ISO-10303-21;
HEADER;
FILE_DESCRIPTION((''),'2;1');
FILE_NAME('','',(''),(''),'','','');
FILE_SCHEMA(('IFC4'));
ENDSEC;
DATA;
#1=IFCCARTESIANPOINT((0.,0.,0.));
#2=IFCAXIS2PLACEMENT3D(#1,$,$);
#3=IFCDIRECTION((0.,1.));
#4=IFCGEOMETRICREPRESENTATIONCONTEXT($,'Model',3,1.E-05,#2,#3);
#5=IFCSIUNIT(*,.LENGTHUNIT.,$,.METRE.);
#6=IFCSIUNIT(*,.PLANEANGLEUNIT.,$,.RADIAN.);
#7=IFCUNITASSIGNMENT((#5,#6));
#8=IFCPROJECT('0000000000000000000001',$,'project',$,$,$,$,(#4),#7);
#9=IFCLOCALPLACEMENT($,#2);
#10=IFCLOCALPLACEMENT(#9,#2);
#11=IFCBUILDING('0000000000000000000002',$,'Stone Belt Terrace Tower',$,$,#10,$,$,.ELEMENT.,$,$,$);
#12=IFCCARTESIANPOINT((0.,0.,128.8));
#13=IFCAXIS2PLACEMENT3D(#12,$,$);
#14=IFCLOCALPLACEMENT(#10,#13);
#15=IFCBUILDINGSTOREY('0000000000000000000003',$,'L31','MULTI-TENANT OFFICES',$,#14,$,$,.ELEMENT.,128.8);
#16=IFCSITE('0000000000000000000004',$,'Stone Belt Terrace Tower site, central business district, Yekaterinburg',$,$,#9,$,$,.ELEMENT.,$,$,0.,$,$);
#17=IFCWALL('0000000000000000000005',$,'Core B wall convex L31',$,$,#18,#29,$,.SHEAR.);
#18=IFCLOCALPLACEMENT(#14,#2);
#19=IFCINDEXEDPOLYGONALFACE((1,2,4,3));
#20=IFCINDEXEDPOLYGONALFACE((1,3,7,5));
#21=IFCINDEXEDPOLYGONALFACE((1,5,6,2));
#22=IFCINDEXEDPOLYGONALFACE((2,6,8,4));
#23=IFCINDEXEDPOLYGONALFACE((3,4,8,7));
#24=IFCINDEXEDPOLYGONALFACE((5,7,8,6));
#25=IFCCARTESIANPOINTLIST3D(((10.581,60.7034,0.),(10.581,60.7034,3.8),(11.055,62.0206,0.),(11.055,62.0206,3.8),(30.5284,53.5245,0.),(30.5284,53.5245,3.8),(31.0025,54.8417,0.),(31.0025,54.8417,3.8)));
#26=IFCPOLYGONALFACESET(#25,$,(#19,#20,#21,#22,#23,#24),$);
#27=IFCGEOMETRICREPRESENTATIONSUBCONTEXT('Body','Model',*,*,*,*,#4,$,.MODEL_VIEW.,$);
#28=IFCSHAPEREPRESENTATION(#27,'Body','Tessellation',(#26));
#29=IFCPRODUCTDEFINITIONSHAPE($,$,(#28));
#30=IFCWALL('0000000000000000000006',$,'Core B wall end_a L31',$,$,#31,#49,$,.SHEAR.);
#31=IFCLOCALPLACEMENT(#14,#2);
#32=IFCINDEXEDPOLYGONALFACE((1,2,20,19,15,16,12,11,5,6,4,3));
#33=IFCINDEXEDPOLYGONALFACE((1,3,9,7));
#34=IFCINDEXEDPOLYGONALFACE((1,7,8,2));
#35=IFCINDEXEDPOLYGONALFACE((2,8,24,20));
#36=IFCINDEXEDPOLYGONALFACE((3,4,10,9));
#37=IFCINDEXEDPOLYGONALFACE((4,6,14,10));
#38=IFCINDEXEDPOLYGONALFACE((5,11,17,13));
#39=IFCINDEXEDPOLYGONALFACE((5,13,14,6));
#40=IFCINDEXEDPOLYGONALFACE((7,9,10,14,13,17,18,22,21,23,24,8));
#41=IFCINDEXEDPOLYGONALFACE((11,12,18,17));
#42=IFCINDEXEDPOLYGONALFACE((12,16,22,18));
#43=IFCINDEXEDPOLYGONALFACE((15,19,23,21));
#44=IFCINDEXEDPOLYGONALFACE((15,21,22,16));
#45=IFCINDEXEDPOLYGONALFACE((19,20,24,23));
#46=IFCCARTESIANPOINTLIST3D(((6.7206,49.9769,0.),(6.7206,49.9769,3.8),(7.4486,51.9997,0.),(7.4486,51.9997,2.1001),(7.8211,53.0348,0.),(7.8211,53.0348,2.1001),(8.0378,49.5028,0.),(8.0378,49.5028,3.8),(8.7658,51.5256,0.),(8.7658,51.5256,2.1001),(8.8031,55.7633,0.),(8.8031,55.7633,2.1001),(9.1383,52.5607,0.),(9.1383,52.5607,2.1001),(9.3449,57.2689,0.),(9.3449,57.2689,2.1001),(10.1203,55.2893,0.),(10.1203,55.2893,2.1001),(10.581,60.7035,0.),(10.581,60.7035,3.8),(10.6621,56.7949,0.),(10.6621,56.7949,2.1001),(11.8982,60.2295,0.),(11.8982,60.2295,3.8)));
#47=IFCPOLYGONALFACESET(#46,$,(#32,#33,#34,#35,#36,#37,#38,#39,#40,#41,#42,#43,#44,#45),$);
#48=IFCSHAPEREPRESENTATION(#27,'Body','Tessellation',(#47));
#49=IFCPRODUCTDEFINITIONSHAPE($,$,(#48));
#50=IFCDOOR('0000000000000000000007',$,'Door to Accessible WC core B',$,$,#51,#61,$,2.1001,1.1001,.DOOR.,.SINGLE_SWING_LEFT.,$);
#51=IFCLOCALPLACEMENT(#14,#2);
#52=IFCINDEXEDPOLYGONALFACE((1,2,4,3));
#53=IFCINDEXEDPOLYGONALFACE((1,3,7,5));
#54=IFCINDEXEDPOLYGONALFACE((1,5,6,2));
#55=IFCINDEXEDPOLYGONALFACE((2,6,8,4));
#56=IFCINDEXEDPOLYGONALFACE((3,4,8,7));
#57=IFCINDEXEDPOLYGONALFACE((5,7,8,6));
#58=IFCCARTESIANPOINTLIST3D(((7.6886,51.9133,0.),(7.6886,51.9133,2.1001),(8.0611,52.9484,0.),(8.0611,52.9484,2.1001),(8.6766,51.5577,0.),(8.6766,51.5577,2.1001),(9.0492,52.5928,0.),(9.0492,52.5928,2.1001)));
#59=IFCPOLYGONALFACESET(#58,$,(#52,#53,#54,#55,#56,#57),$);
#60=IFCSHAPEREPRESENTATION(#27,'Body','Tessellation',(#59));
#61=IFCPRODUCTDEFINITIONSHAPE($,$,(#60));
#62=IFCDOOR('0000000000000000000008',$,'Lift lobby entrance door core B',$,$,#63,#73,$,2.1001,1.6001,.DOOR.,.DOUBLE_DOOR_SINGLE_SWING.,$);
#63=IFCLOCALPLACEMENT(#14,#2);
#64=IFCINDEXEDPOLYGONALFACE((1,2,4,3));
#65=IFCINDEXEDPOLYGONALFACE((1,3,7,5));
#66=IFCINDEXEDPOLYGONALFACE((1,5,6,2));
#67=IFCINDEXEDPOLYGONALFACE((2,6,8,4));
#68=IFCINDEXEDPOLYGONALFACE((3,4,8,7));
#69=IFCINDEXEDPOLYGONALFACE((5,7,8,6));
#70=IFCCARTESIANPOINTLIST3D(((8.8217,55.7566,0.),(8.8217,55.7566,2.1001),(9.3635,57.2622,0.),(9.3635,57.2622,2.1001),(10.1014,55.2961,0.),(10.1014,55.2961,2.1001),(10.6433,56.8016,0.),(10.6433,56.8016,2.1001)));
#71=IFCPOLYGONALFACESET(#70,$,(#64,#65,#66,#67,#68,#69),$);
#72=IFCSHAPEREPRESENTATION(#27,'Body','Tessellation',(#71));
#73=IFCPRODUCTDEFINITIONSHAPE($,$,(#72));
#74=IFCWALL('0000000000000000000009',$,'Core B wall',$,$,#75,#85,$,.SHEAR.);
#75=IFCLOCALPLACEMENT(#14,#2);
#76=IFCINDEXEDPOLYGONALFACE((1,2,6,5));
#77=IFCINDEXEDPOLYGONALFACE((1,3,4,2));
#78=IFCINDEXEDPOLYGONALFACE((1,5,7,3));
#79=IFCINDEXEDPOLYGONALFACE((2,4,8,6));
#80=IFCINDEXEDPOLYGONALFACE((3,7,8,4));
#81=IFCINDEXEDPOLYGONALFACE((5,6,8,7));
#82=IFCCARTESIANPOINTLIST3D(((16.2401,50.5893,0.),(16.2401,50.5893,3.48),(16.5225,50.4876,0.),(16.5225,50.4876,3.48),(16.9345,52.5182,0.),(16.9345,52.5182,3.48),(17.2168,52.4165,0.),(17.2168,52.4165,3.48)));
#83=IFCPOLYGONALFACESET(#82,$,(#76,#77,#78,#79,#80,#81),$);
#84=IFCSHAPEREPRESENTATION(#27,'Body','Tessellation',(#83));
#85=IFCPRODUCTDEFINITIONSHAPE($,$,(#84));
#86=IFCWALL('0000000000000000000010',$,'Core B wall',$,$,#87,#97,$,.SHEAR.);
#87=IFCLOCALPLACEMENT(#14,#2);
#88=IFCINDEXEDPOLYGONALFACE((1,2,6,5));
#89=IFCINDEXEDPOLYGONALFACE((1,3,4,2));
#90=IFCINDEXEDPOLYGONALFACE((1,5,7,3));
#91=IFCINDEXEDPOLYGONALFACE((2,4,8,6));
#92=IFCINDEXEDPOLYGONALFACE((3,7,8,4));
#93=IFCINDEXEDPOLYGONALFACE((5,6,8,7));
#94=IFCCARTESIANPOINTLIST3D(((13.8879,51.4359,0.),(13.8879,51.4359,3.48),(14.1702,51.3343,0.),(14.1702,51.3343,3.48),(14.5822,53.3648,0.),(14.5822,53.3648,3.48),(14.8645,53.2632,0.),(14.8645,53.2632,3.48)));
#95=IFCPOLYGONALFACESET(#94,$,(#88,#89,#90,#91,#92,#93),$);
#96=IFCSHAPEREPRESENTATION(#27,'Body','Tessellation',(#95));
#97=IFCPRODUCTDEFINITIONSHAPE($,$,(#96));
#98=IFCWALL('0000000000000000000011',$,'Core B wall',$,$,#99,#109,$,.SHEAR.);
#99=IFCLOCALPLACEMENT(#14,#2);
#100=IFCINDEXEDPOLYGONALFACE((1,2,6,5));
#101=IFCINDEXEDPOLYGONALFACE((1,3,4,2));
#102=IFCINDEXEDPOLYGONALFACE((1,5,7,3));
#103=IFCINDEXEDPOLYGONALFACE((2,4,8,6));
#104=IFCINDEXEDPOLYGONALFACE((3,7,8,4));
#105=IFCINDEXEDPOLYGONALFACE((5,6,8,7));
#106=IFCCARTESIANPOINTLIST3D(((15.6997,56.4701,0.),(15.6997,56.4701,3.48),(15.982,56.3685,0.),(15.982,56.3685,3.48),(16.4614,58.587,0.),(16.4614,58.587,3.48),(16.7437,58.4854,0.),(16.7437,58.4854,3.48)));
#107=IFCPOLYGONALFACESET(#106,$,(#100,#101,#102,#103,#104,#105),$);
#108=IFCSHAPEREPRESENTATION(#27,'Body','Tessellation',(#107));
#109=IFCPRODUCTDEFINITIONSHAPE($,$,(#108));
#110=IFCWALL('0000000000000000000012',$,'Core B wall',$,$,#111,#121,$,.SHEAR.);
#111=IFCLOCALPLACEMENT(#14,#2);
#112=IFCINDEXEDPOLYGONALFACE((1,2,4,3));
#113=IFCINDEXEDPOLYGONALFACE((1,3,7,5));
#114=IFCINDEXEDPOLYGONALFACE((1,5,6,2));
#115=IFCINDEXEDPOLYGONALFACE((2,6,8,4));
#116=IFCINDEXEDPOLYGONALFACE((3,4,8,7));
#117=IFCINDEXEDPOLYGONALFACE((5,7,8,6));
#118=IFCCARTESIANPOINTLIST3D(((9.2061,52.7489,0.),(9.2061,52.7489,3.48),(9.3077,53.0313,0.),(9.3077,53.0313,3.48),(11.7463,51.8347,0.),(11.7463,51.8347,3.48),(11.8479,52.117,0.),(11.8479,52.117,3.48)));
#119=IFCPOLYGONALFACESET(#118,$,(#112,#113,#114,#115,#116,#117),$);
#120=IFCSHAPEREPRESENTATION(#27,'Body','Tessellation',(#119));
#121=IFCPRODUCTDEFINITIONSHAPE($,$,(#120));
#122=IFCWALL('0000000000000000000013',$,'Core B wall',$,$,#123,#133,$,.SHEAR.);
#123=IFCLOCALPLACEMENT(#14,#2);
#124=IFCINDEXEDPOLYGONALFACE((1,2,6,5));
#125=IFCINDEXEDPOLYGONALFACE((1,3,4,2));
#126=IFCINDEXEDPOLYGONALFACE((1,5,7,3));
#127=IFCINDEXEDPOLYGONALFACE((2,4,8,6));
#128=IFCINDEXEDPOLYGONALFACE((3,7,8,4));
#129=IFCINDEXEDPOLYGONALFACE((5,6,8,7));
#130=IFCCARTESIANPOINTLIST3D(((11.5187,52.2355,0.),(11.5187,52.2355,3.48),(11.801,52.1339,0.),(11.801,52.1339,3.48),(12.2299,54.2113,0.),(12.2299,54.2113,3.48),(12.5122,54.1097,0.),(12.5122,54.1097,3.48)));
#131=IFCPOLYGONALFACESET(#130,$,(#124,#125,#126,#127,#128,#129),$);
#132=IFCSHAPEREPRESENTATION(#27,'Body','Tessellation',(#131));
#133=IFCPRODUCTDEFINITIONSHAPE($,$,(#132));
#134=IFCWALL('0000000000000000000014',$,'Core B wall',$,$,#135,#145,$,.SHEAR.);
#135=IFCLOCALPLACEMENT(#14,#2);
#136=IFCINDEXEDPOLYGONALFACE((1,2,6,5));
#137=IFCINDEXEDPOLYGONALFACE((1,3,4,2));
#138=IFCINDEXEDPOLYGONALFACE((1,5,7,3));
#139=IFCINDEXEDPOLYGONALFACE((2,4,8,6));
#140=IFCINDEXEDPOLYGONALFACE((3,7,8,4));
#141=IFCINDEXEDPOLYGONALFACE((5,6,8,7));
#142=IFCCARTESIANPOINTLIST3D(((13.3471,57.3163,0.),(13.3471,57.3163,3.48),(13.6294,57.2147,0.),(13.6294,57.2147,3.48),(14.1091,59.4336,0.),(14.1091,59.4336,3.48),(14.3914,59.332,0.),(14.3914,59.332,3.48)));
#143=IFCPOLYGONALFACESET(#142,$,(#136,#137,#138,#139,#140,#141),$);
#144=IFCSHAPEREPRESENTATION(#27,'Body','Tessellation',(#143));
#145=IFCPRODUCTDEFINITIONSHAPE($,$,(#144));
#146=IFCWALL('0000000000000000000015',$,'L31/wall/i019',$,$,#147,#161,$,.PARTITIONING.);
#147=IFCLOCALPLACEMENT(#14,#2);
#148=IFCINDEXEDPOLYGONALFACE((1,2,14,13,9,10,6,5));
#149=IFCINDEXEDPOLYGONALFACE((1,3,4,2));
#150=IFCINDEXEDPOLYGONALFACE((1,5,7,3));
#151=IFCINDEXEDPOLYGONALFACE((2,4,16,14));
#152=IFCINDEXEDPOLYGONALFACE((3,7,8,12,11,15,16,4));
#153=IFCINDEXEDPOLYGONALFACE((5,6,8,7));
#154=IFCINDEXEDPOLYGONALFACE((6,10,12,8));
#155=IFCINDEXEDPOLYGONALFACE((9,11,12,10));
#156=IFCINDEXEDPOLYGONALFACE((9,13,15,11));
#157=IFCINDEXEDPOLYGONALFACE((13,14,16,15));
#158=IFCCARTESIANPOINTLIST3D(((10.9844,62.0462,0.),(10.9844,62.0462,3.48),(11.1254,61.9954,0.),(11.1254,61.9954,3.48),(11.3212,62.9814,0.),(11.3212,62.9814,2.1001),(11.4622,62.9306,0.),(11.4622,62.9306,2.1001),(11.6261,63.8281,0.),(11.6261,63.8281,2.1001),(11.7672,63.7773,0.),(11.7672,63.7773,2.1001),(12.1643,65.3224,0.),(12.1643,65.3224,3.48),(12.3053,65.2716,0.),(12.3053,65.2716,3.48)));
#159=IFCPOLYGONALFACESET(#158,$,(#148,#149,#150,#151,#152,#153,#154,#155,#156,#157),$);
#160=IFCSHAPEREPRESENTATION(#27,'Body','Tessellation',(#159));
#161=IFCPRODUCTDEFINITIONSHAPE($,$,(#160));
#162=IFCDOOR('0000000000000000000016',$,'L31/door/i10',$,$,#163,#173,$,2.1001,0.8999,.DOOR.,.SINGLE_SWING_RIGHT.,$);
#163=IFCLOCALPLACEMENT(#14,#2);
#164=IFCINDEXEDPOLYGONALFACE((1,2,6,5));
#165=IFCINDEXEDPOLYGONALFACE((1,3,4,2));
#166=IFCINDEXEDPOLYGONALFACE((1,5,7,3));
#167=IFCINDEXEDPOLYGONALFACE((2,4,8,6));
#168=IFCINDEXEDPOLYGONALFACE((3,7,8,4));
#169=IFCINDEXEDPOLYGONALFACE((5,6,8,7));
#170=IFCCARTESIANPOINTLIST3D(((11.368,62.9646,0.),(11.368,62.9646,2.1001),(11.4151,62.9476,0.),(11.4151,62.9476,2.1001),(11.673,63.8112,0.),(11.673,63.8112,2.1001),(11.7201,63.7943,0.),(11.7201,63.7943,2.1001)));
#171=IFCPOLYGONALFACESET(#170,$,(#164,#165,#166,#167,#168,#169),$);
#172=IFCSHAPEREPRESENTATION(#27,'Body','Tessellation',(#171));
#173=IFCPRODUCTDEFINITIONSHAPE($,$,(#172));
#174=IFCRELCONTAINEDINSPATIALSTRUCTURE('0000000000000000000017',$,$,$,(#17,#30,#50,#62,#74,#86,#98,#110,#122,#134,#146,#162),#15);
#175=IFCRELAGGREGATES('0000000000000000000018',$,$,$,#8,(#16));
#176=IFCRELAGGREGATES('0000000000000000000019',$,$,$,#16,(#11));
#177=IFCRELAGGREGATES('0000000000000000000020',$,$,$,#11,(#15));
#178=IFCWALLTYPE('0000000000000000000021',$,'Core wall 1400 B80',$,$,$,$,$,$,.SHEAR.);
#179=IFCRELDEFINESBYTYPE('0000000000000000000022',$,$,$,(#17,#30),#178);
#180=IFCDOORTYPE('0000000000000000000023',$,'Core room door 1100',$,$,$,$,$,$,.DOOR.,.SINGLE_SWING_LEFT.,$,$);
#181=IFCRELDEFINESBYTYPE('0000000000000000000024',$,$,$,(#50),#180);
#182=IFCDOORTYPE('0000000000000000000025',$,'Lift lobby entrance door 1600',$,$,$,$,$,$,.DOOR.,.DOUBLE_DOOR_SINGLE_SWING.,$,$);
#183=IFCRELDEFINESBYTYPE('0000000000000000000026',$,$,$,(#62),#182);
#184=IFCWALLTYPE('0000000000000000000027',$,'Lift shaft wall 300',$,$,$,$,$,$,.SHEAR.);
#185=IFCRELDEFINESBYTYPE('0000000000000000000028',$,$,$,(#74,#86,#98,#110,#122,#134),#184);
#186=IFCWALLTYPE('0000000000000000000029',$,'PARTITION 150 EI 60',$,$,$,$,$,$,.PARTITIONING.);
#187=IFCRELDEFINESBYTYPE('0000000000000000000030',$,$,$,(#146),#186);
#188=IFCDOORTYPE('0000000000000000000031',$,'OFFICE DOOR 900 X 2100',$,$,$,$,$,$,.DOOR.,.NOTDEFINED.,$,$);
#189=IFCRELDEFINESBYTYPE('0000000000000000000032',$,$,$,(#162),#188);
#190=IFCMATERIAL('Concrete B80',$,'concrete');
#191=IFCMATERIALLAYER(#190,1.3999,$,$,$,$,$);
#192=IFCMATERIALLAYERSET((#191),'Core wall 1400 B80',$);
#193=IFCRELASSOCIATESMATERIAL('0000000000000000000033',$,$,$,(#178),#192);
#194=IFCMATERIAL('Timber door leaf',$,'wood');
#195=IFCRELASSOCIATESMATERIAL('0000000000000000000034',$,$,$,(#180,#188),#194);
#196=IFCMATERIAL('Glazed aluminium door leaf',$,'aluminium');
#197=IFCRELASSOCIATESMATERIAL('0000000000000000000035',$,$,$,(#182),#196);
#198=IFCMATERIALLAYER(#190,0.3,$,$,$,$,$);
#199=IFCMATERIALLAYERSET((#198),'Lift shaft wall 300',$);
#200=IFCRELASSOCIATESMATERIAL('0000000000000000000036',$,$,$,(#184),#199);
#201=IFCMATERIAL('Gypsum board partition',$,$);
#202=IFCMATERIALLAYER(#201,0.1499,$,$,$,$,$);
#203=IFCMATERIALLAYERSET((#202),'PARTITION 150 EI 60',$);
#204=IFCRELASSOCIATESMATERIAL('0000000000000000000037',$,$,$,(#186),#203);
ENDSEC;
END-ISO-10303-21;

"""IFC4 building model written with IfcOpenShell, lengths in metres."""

from ifc_helpers import new_model, si_unit, direction, frame, frame_2d, origin, place, context, subcontext, project, spatial, rectangle, extrude, material, layer, layer_set, type_object, element, fill, save


model = new_model("IFC4")

# Units and contexts
model_context = context("Model", 3, precision=1e-05, world=origin(), true_north=direction((0.0, 1.0)))
body_context = subcontext(model_context, "Body", "Model", "MODEL_VIEW")
ifc_project = project(units=[si_unit("LENGTHUNIT", "METRE"), si_unit("PLANEANGLEUNIT", "RADIAN")], contexts=[model_context])

# Site, building, storey
site_placement = place(None, origin())
site = spatial("IfcSite", under=ifc_project, at=site_placement, Name="Stone Belt Terrace Tower site, central business district, Yekaterinburg", CompositionType="ELEMENT", RefElevation=0.0)
building_placement = place(site_placement, origin())
building = spatial("IfcBuilding", under=site, at=building_placement, Name="Stone Belt Terrace Tower", CompositionType="ELEMENT")
storey_placement = place(building_placement, frame((0.0, 0.0, 128.8)))
storey = spatial("IfcBuildingStorey", under=building, at=storey_placement, Name="L31", Description="MULTI-TENANT OFFICES", CompositionType="ELEMENT", Elevation=128.8)

# Shared definitions
ifc_material_1 = material(Name="Concrete B80", Category="concrete")

# Shared definitions
ifc_layer_1 = layer(ifc_material_1, 1.3999)
ifc_layer_set_1 = layer_set([ifc_layer_1], Name="Core wall 1400 B80")
wall_type_1 = type_object("IfcWallType", Name="Core wall 1400 B80", PredefinedType="SHEAR", material=ifc_layer_set_1)
ifc_material_2 = material(Name="Timber door leaf", Category="wood")
door_type_1 = type_object("IfcDoorType", Name="Core room door 1100", OperationType="SINGLE_SWING_LEFT", PredefinedType="DOOR", material=ifc_material_2)

# Wall
wall_1_placement = place(storey_placement, frame((10.8179, 61.3621, 0.0), z_axis=(0.0, 0.0, 1.0), x_axis=(0.94092, -0.33863, 0.0)))
element("IfcWall", 1, at=wall_1_placement, inside=storey, type_object=wall_type_1, Name="Core B wall convex L31", PredefinedType="SHEAR", context=body_context, shape_type="SweptSolid", body=[
    extrude(rectangle(XDim=21.2, YDim=1.3999, at=frame_2d((10.6001, 0.0))), origin(), (0.0, 0.0, 1.0), 3.8),
])

# Wall, openings, doors
wall_2_placement = place(storey_placement, frame((7.3792, 49.7397, 0.0), z_axis=(0.0, 0.0, 1.0), x_axis=(0.338625, 0.940921, 0.0)))
wall_2 = element("IfcWall", 2, at=wall_2_placement, inside=storey, type_object=wall_type_1, Name="Core B wall end_a L31", PredefinedType="SHEAR", context=body_context, shape_type="SweptSolid", body=[
    extrude(rectangle(XDim=11.4001, YDim=1.3999, at=frame_2d((5.7002, 0.0))), origin(), (0.0, 0.0, 1.0), 3.8),
])
opening_1_placement = place(wall_2_placement, frame((6.1499, 0.0, 0.0)))
opening_1 = element("IfcOpeningElement", 3, at=opening_1_placement, cuts=wall_2, PredefinedType="OPENING", context=body_context, shape_type="SweptSolid", body=[
    extrude(rectangle(XDim=1.6001, YDim=2.1001, at=frame_2d((0.8, 1.05))), frame((0.0, 0.71, 0.0), z_axis=(0.0, -1.0, 0.0), x_axis=(1.0, 0.0, 0.0)), (0.0, 0.0, 1.0), 1.4199),
])
opening_2_placement = place(wall_2_placement, frame((2.1499, 0.0, 0.0)))
opening_2 = element("IfcOpeningElement", 4, at=opening_2_placement, cuts=wall_2, PredefinedType="OPENING", context=body_context, shape_type="SweptSolid", body=[
    extrude(rectangle(XDim=1.1001, YDim=2.1001, at=frame_2d((0.55, 1.05))), frame((0.0, 0.71, 0.0), z_axis=(0.0, -1.0, 0.0), x_axis=(1.0, 0.0, 0.0)), (0.0, 0.0, 1.0), 1.4199),
])
door_1_placement = place(opening_2_placement, origin())
door_1 = element("IfcDoor", 5, at=door_1_placement, inside=storey, type_object=door_type_1, Name="Door to Accessible WC core B", OperationType="SINGLE_SWING_LEFT", OverallHeight=2.1001, OverallWidth=1.1001, PredefinedType="DOOR", context=body_context, shape_type="SweptSolid", body=[
    extrude(rectangle(XDim=1.1001, YDim=2.1001, at=frame_2d((0.55, 1.05))), frame((0.0, 0.4448, 0.0), z_axis=(0.0, -1.0, 0.0), x_axis=(1.0, 0.0, 0.0)), (0.0, 0.0, 1.0), 1.05),
])
fill(opening_2, door_1)
ifc_material_3 = material(Name="Glazed aluminium door leaf", Category="aluminium")
door_type_2 = type_object("IfcDoorType", Name="Lift lobby entrance door 1600", OperationType="DOUBLE_DOOR_SINGLE_SWING", PredefinedType="DOOR", material=ifc_material_3)
door_2_placement = place(opening_1_placement, origin())
door_2 = element("IfcDoor", 6, at=door_2_placement, inside=storey, type_object=door_type_2, Name="Lift lobby entrance door core B", OperationType="DOUBLE_DOOR_SINGLE_SWING", OverallHeight=2.1001, OverallWidth=1.6001, PredefinedType="DOOR", context=body_context, shape_type="SweptSolid", body=[
    extrude(rectangle(XDim=1.6001, YDim=2.1001, at=frame_2d((0.8, 1.05))), frame((0.0, 0.6802, 0.0), z_axis=(0.0, -1.0, 0.0), x_axis=(1.0, 0.0, 0.0)), (0.0, 0.0, 1.0), 1.3601),
])
fill(opening_1, door_2)

# Walls
ifc_layer_2 = layer(ifc_material_1, 0.3)
ifc_layer_set_2 = layer_set([ifc_layer_2], Name="Lift shaft wall 300")
wall_type_2 = type_object("IfcWallType", Name="Lift shaft wall 300", PredefinedType="SHEAR", material=ifc_layer_set_2)
for number, where, z_axis, x_axis, name in (
    (7, (16.3813, 50.5386, 0.0), (0.0, 0.0, 1.0), (0.338682, 0.940901, 0.0), "Core B wall"),
    (8, (14.0291, 51.3853, 0.0), (0.0, 0.0, 1.0), (0.338682, 0.940901, 0.0), "Core B wall"),
):
    element("IfcWall", number, at=place(storey_placement, frame(where, z_axis=z_axis, x_axis=x_axis)), inside=storey, type_object=wall_type_2, Name=name, PredefinedType="SHEAR", context=body_context, shape_type="SweptSolid", body=[
        extrude(rectangle(XDim=2.05, YDim=0.3, at=frame_2d((1.0249, 0.0))), origin(), (0.0, 0.0, 1.0), 3.48),
    ])
wall_3_placement = place(storey_placement, frame((15.8408, 56.4192, 0.0), z_axis=(0.0, 0.0, 1.0), x_axis=(0.33857, 0.940941, 0.0)))
element("IfcWall", 9, at=wall_3_placement, inside=storey, type_object=wall_type_2, Name="Core B wall", PredefinedType="SHEAR", context=body_context, shape_type="SweptSolid", body=[
    extrude(rectangle(XDim=2.2498, YDim=0.3, at=frame_2d((1.125, 0.0))), origin(), (0.0, 0.0, 1.0), 3.48),
])
wall_4_placement = place(storey_placement, frame((11.7971, 51.9758, 0.0), z_axis=(0.0, 0.0, 1.0), x_axis=(-0.94091, 0.338655, 0.0)))
element("IfcWall", 10, at=wall_4_placement, inside=storey, type_object=wall_type_2, Name="Core B wall", PredefinedType="SHEAR", context=body_context, shape_type="SweptSolid", body=[
    extrude(rectangle(XDim=2.6997, YDim=0.3, at=frame_2d((1.3499, 0.0))), origin(), (0.0, 0.0, 1.0), 3.48),
])
wall_5_placement = place(storey_placement, frame((11.6599, 52.1848, 0.0), z_axis=(0.0, 0.0, 1.0), x_axis=(0.33867, 0.940905, 0.0)))
element("IfcWall", 11, at=wall_5_placement, inside=storey, type_object=wall_type_2, Name="Core B wall", PredefinedType="SHEAR", context=body_context, shape_type="SweptSolid", body=[
    extrude(rectangle(XDim=2.0999, YDim=0.3, at=frame_2d((1.0498, 0.0))), origin(), (0.0, 0.0, 1.0), 3.48),
])
wall_6_placement = place(storey_placement, frame((13.4883, 57.2656, 0.0), z_axis=(0.0, 0.0, 1.0), x_axis=(0.338631, 0.940919, 0.0)))
element("IfcWall", 12, at=wall_6_placement, inside=storey, type_object=wall_type_2, Name="Core B wall", PredefinedType="SHEAR", context=body_context, shape_type="SweptSolid", body=[
    extrude(rectangle(XDim=2.2502, YDim=0.3, at=frame_2d((1.125, 0.0))), origin(), (0.0, 0.0, 1.0), 3.48),
])

# Wall, opening, door
ifc_material_4 = material(Name="Gypsum board partition")
ifc_layer_3 = layer(ifc_material_4, 0.1499)
ifc_layer_set_3 = layer_set([ifc_layer_3], Name="PARTITION 150 EI 60")
wall_type_3 = type_object("IfcWallType", Name="PARTITION 150 EI 60", PredefinedType="PARTITIONING", material=ifc_layer_set_3)
wall_7_placement = place(storey_placement, frame((12.2349, 65.2971, 0.0), z_axis=(0.0, 0.0, 1.0), x_axis=(-0.338854, -0.940839, 0.0)))
wall_7 = element("IfcWall", 13, at=wall_7_placement, inside=storey, type_object=wall_type_3, Name="L31/wall/i019", PredefinedType="PARTITIONING", context=body_context, shape_type="SweptSolid", body=[
    extrude(rectangle(XDim=3.4822, YDim=0.1499, at=frame_2d((1.7412, 0.0))), origin(), (0.0, 0.0, 1.0), 3.48),
])
opening_3_placement = place(wall_7_placement, frame((1.5884, 0.0, 0.0)))
opening_3 = element("IfcOpeningElement", 14, at=opening_3_placement, cuts=wall_7, PredefinedType="OPENING", context=body_context, shape_type="SweptSolid", body=[
    extrude(rectangle(XDim=0.8999, YDim=2.1001, at=frame_2d((0.45, 1.05))), frame((0.0, 0.085, 0.0), z_axis=(0.0, -1.0, 0.0), x_axis=(1.0, 0.0, 0.0)), (0.0, 0.0, 1.0), 0.1699),
])
door_type_3 = type_object("IfcDoorType", Name="OFFICE DOOR 900 X 2100", OperationType="NOTDEFINED", PredefinedType="DOOR", material=ifc_material_2)
door_3_placement = place(opening_3_placement, origin())
door_3 = element("IfcDoor", 15, at=door_3_placement, inside=storey, type_object=door_type_3, Name="L31/door/i10", OperationType="SINGLE_SWING_RIGHT", OverallHeight=2.1001, OverallWidth=0.8999, PredefinedType="DOOR", context=body_context, shape_type="SweptSolid", body=[
    extrude(rectangle(XDim=0.8999, YDim=2.1001, at=frame_2d((0.45, 1.05))), frame((0.0, 0.0249, 0.0), z_axis=(0.0, -1.0, 0.0), x_axis=(1.0, 0.0, 0.0)), (0.0, 0.0, 1.0), 0.05),
])
fill(opening_3, door_3)

save(model, "model.ifc")
